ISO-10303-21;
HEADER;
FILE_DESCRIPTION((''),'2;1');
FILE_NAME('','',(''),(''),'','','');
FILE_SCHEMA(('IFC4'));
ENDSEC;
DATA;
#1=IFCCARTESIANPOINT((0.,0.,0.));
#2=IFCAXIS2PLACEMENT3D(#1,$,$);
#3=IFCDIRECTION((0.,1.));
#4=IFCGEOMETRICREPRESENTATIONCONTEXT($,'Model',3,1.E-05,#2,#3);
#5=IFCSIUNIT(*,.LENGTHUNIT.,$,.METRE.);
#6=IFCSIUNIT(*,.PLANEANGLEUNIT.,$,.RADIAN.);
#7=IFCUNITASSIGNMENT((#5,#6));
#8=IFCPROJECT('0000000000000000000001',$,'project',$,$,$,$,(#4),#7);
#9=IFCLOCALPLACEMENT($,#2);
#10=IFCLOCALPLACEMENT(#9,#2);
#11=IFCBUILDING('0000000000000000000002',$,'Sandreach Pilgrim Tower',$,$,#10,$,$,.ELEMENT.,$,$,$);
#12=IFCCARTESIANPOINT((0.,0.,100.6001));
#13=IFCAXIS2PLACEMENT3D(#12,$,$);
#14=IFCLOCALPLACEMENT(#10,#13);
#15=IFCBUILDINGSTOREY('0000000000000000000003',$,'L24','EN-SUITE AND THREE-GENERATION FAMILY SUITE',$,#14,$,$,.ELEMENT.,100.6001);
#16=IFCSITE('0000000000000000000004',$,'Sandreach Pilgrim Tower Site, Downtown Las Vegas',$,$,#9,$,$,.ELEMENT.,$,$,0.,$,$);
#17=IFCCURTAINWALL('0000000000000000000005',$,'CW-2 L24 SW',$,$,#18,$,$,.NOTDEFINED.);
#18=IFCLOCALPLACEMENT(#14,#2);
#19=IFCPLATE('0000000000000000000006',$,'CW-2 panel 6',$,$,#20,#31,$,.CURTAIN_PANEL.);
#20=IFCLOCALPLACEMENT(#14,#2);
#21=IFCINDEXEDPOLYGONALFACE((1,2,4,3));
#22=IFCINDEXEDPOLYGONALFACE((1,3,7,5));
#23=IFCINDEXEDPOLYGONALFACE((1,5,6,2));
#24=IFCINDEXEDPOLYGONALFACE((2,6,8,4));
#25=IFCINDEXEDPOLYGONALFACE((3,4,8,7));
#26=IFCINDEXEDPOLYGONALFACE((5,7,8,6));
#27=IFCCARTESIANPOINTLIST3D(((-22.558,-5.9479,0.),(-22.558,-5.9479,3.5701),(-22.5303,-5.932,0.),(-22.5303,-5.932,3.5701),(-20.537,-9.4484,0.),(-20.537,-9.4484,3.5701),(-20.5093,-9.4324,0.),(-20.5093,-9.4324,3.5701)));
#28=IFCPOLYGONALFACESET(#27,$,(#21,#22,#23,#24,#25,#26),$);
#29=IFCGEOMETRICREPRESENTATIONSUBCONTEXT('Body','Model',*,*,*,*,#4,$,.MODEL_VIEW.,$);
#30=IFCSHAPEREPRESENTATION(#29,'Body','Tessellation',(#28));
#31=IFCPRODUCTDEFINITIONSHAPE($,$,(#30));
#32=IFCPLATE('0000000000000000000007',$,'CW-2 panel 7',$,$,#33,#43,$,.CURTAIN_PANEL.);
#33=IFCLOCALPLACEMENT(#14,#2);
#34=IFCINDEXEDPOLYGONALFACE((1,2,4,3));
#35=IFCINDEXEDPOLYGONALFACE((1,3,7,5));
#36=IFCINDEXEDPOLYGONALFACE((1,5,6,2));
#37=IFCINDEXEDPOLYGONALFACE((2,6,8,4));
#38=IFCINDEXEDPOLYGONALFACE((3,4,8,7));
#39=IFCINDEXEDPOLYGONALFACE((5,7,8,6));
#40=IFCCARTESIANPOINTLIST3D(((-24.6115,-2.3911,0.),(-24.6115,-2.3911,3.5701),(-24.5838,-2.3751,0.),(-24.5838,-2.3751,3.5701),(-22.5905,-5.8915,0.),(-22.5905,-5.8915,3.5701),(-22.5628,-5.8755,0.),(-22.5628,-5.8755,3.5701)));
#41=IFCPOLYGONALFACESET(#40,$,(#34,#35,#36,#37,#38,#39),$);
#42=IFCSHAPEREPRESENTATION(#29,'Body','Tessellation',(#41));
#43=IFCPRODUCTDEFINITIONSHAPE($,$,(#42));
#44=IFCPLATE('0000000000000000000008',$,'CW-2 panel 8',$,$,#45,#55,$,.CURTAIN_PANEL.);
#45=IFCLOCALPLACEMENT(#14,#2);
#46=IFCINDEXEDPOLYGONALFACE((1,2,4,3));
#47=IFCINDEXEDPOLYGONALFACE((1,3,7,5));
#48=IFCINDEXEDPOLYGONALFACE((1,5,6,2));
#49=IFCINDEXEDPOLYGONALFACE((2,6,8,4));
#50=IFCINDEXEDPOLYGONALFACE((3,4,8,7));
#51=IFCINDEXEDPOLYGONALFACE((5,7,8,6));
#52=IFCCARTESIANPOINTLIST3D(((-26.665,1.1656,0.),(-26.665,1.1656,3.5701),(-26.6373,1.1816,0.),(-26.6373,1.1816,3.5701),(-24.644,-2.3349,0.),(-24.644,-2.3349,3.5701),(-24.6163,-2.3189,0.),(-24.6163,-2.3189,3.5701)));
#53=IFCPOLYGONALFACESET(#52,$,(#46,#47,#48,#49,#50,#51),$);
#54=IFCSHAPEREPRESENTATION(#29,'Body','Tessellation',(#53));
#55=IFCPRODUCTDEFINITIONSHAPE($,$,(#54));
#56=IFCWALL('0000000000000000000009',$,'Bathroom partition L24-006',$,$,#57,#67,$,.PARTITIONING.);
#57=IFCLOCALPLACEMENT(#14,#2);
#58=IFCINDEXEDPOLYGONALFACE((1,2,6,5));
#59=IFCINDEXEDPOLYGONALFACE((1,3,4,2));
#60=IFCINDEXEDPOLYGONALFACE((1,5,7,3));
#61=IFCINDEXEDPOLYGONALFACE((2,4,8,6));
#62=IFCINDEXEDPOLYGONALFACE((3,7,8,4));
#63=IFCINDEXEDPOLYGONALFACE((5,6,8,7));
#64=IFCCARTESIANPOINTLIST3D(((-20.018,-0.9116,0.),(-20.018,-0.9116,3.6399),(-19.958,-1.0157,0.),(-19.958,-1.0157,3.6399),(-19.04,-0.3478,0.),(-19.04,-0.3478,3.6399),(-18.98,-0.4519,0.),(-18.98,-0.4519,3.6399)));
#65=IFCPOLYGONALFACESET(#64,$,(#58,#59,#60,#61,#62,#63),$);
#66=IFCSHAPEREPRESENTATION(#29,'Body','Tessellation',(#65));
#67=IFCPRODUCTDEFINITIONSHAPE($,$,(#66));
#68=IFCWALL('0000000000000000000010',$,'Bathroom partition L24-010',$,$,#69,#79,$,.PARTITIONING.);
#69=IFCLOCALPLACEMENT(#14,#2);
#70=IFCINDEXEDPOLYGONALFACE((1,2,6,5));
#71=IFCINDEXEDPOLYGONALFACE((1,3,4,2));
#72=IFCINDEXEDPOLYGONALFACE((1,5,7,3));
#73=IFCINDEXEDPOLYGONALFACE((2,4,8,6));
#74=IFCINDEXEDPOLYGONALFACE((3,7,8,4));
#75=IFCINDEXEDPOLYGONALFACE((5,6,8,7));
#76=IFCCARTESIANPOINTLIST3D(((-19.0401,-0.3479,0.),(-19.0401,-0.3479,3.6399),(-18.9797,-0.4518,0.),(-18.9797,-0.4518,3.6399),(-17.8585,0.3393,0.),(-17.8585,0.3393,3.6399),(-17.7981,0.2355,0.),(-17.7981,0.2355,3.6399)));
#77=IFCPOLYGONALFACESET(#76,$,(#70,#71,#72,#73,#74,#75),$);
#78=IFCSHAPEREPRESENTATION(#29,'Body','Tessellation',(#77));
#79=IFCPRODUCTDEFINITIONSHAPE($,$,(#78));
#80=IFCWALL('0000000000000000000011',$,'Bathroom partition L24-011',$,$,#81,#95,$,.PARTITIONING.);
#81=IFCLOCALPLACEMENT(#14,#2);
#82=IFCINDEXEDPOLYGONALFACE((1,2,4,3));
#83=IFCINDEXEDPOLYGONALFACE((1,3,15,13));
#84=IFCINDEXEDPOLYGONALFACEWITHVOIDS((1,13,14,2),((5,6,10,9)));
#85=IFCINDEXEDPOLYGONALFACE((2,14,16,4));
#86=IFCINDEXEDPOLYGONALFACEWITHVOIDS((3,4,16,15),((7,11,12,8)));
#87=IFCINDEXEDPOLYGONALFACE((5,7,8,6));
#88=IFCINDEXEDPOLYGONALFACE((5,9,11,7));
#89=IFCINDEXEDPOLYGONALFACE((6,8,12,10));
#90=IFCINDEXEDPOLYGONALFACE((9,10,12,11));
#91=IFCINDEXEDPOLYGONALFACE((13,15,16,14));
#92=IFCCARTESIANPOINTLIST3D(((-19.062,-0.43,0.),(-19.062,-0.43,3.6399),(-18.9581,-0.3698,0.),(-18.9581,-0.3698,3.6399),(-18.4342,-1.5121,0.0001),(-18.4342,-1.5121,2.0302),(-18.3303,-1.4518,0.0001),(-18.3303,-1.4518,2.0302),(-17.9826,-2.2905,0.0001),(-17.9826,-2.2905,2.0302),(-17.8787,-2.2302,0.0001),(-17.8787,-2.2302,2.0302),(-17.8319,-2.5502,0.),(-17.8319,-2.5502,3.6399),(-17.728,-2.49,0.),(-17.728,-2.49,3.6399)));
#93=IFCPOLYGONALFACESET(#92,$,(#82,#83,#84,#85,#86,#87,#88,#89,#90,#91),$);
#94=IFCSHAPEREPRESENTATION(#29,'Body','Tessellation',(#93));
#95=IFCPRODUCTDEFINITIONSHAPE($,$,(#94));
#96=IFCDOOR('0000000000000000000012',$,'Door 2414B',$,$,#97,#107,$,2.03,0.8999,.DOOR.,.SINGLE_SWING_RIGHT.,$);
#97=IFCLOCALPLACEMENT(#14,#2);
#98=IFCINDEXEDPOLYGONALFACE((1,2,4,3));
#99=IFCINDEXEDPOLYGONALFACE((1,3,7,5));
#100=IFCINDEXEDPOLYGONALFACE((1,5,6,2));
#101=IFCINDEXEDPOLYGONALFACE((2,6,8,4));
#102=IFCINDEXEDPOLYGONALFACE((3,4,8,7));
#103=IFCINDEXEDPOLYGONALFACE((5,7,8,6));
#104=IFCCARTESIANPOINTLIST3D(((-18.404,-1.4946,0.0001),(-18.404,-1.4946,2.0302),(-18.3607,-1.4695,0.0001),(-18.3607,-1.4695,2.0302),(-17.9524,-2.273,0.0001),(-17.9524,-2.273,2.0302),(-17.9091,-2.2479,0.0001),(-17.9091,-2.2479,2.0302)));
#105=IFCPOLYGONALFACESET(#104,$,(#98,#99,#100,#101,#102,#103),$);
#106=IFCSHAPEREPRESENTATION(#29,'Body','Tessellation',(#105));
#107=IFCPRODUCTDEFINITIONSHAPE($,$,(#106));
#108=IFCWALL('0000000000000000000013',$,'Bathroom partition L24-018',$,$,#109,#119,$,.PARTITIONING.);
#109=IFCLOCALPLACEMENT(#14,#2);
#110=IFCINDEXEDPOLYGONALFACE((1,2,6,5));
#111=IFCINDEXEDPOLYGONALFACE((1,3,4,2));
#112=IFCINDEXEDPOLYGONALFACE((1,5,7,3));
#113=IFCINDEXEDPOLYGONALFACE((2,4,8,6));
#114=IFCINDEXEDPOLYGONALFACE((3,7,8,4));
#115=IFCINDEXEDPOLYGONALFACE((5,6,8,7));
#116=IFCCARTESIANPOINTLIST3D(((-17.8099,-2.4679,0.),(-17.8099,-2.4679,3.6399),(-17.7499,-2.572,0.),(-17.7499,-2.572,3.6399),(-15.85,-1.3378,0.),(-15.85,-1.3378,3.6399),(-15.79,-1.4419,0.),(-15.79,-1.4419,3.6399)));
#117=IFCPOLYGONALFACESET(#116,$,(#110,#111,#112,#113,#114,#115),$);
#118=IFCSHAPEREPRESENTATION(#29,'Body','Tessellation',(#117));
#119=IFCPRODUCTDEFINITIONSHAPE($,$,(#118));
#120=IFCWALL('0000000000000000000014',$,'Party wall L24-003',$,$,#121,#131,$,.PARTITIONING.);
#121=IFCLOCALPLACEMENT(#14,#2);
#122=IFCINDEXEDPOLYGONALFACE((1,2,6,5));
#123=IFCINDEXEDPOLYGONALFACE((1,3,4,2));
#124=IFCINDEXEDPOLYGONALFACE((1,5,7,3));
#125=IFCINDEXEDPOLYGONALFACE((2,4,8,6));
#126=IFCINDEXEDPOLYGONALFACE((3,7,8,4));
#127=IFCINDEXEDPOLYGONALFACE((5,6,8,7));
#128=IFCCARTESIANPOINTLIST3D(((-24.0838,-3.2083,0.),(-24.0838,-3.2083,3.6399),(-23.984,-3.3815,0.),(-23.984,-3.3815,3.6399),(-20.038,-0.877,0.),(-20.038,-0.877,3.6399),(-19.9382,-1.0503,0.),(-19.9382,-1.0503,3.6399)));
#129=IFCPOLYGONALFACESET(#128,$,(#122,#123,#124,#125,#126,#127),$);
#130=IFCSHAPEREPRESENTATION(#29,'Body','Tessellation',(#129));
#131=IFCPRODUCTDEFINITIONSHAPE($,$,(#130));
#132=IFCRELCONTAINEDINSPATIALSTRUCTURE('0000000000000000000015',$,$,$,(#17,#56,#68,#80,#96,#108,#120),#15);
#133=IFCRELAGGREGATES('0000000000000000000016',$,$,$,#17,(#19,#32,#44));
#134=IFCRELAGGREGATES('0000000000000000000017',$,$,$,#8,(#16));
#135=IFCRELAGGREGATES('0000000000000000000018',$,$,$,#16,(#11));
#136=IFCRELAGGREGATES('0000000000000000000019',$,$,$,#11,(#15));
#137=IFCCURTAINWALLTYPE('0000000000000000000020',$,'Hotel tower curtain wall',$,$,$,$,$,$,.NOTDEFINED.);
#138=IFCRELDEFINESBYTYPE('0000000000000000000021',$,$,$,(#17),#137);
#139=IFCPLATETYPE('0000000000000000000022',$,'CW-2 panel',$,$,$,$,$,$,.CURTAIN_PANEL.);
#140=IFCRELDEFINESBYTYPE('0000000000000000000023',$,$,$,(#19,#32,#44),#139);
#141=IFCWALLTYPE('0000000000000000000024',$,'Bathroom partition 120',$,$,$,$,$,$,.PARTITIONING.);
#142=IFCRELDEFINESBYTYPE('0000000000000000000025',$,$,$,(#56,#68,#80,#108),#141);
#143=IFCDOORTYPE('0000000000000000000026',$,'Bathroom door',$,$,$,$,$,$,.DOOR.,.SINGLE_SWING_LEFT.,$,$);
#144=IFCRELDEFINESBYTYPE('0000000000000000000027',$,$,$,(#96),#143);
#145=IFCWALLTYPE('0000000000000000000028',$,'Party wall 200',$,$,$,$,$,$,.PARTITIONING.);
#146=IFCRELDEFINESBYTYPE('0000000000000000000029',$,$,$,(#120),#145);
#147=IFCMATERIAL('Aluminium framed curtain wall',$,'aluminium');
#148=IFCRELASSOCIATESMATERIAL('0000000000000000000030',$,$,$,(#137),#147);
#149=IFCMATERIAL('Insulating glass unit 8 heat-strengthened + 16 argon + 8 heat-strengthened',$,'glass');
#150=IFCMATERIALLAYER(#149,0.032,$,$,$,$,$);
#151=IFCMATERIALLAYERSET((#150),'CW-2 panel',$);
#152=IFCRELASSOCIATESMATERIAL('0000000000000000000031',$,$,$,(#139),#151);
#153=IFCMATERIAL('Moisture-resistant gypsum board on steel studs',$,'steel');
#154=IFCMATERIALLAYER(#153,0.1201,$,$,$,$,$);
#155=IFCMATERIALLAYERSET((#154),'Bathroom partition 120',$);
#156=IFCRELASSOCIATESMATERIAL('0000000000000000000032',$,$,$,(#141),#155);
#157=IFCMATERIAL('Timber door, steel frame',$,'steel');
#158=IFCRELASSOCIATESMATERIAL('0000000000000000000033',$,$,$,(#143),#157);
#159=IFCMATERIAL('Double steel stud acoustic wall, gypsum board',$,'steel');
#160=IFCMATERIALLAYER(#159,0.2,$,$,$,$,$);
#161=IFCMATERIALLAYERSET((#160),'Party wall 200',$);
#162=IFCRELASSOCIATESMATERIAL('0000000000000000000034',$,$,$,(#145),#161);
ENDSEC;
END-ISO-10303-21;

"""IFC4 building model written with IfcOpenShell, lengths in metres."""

from ifc_helpers import new_model, si_unit, direction, frame, frame_2d, origin, origin_2d, place, context, subcontext, project, spatial, rectangle, extrude, material, layer, layer_set, type_object, element, fill, aggregate, save


model = new_model("IFC4")

# Units and contexts
model_context = context("Model", 3, precision=1e-05, world=origin(), true_north=direction((0.0, 1.0)))
body_context = subcontext(model_context, "Body", "Model", "MODEL_VIEW")
ifc_project = project(units=[si_unit("LENGTHUNIT", "METRE"), si_unit("PLANEANGLEUNIT", "RADIAN")], contexts=[model_context])

# Site, building, storey
site_placement = place(None, origin())
site = spatial("IfcSite", under=ifc_project, at=site_placement, Name="Sandreach Pilgrim Tower Site, Downtown Las Vegas", CompositionType="ELEMENT", RefElevation=0.0)
building_placement = place(site_placement, origin())
building = spatial("IfcBuilding", under=site, at=building_placement, Name="Sandreach Pilgrim Tower", CompositionType="ELEMENT")
storey_placement = place(building_placement, frame((0.0, 0.0, 100.6001)))
storey = spatial("IfcBuildingStorey", under=building, at=storey_placement, Name="L24", Description="EN-SUITE AND THREE-GENERATION FAMILY SUITE", CompositionType="ELEMENT", Elevation=100.6001)

# Curtain wall
ifc_material_1 = material(Name="Aluminium framed curtain wall", Category="aluminium")
curtain_wall_type = type_object("IfcCurtainWallType", Name="Hotel tower curtain wall", PredefinedType="NOTDEFINED", material=ifc_material_1)
curtain_wall_placement = place(storey_placement, origin())
curtain_wall = element("IfcCurtainWall", 1, at=curtain_wall_placement, inside=storey, type_object=curtain_wall_type, Name="CW-2 L24 SW", PredefinedType="NOTDEFINED")

# Plates
ifc_material_2 = material(Name="Insulating glass unit 8 heat-strengthened + 16 argon + 8 heat-strengthened", Category="glass")
ifc_layer_1 = layer(ifc_material_2, 0.032)
ifc_layer_set_1 = layer_set([ifc_layer_1], Name="CW-2 panel")
plate_type = type_object("IfcPlateType", Name="CW-2 panel", PredefinedType="CURTAIN_PANEL", material=ifc_layer_set_1)
plate_1_placement = place(storey_placement, frame((-21.5337, -7.6902, 0.0), z_axis=(0.0, 0.0, 1.0), x_axis=(-0.5, 0.866025, 0.0)))
plate_1 = element("IfcPlate", 2, at=plate_1_placement, type_object=plate_type, Name="CW-2 panel 6", PredefinedType="CURTAIN_PANEL", context=body_context, shape_type="SweptSolid", body=[
    extrude(rectangle(XDim=4.042, YDim=0.032, at=origin_2d()), origin(), (0.0, 0.0, 1.0), 3.5701),
])
plate_2_placement = place(storey_placement, frame((-23.5872, -4.1333, 0.0), z_axis=(0.0, 0.0, 1.0), x_axis=(-0.5, 0.866025, 0.0)))
plate_2 = element("IfcPlate", 3, at=plate_2_placement, type_object=plate_type, Name="CW-2 panel 7", PredefinedType="CURTAIN_PANEL", context=body_context, shape_type="SweptSolid", body=[
    extrude(rectangle(XDim=4.042, YDim=0.032, at=origin_2d()), origin(), (0.0, 0.0, 1.0), 3.5701),
])
plate_3_placement = place(storey_placement, frame((-25.6406, -0.5767, 0.0), z_axis=(0.0, 0.0, 1.0), x_axis=(-0.5, 0.866025, 0.0)))
plate_3 = element("IfcPlate", 4, at=plate_3_placement, type_object=plate_type, Name="CW-2 panel 8", PredefinedType="CURTAIN_PANEL", context=body_context, shape_type="SweptSolid", body=[
    extrude(rectangle(XDim=4.042, YDim=0.032, at=origin_2d()), origin(), (0.0, 0.0, 1.0), 3.5701),
])
aggregate(curtain_wall, [plate_1, plate_2, plate_3])

# Walls
ifc_material_3 = material(Name="Moisture-resistant gypsum board on steel studs", Category="steel")
ifc_layer_2 = layer(ifc_material_3, 0.1201)
ifc_layer_set_2 = layer_set([ifc_layer_2], Name="Bathroom partition 120")
wall_type_1 = type_object("IfcWallType", Name="Bathroom partition 120", PredefinedType="PARTITIONING", material=ifc_layer_set_2)
wall_1_placement = place(storey_placement, frame((-19.988, -0.9636, 0.0), z_axis=(0.0, 0.0, 1.0), x_axis=(0.866387, 0.499373, 0.0)))
element("IfcWall", 5, at=wall_1_placement, inside=storey, type_object=wall_type_1, Name="Bathroom partition L24-006", PredefinedType="PARTITIONING", context=body_context, shape_type="SweptSolid", body=[
    extrude(rectangle(XDim=1.1289, YDim=0.1201, at=frame_2d((0.5645, 0.0))), origin(), (0.0, 0.0, 1.0), 3.6399),
])
wall_2_placement = place(storey_placement, frame((-19.01, -0.3999, 0.0), z_axis=(0.0, 0.0, 1.0), x_axis=(0.864426, 0.50276, 0.0)))
element("IfcWall", 6, at=wall_2_placement, inside=storey, type_object=wall_type_1, Name="Bathroom partition L24-010", PredefinedType="PARTITIONING", context=body_context, shape_type="SweptSolid", body=[
    extrude(rectangle(XDim=1.3669, YDim=0.1201, at=frame_2d((0.6836, 0.0))), origin(), (0.0, 0.0, 1.0), 3.6399),
])

# Wall, opening, door
wall_3_placement = place(storey_placement, frame((-19.01, -0.3999, 0.0), z_axis=(0.0, 0.0, 1.0), x_axis=(0.501813, -0.864976, 0.0)))
wall_3 = element("IfcWall", 7, at=wall_3_placement, inside=storey, type_object=wall_type_1, Name="Bathroom partition L24-011", PredefinedType="PARTITIONING", context=body_context, shape_type="SweptSolid", body=[
    extrude(rectangle(XDim=2.4512, YDim=0.1201, at=frame_2d((1.2256, 0.0))), origin(), (0.0, 0.0, 1.0), 3.6399),
])
opening_1_placement = place(wall_3_placement, frame((1.251, 0.0, 0.0)))
opening_1 = element("IfcOpeningElement", 8, at=opening_1_placement, cuts=wall_3, PredefinedType="OPENING", context=body_context, shape_type="SweptSolid", body=[
    extrude(rectangle(XDim=0.8999, YDim=2.03, at=frame_2d((0.45, 1.0151))), frame((0.0, 0.0601, 0.0), z_axis=(0.0, -1.0, 0.0), x_axis=(1.0, 0.0, 0.0)), (0.0, 0.0, 1.0), 0.1201),
])
ifc_material_4 = material(Name="Timber door, steel frame", Category="steel")
door_type_1 = type_object("IfcDoorType", Name="Bathroom door", OperationType="SINGLE_SWING_LEFT", PredefinedType="DOOR", material=ifc_material_4)
door_1_placement = place(opening_1_placement, origin())
door_1 = element("IfcDoor", 9, at=door_1_placement, inside=storey, type_object=door_type_1, Name="Door 2414B", OperationType="SINGLE_SWING_RIGHT", OverallHeight=2.03, OverallWidth=0.8999, PredefinedType="DOOR", context=body_context, shape_type="SweptSolid", body=[
    extrude(rectangle(XDim=0.8999, YDim=2.03, at=frame_2d((0.45, 1.0151))), frame((0.0, 0.0249, 0.0), z_axis=(0.0, -1.0, 0.0), x_axis=(1.0, 0.0, 0.0)), (0.0, 0.0, 1.0), 0.05),
])
fill(opening_1, door_1)

# Wall
wall_4_placement = place(storey_placement, frame((-17.78, -2.52, 0.0), z_axis=(0.0, 0.0, 1.0), x_axis=(0.866304, 0.499517, 0.0)))
element("IfcWall", 10, at=wall_4_placement, inside=storey, type_object=wall_type_1, Name="Bathroom partition L24-018", PredefinedType="PARTITIONING", context=body_context, shape_type="SweptSolid", body=[
    extrude(rectangle(XDim=2.2625, YDim=0.1201, at=frame_2d((1.1313, 0.0))), origin(), (0.0, 0.0, 1.0), 3.6399),
])

# Wall
ifc_material_5 = material(Name="Double steel stud acoustic wall, gypsum board", Category="steel")
ifc_layer_3 = layer(ifc_material_5, 0.2)
ifc_layer_set_3 = layer_set([ifc_layer_3], Name="Party wall 200")
wall_type_2 = type_object("IfcWallType", Name="Party wall 200", PredefinedType="PARTITIONING", material=ifc_layer_set_3)
wall_5_placement = place(storey_placement, frame((-24.0339, -3.2949, 0.0), z_axis=(0.0, 0.0, 1.0), x_axis=(0.866452, 0.499261, 0.0)))
element("IfcWall", 11, at=wall_5_placement, inside=storey, type_object=wall_type_2, Name="Party wall L24-003", PredefinedType="PARTITIONING", context=body_context, shape_type="SweptSolid", body=[
    extrude(rectangle(XDim=4.6694, YDim=0.2, at=frame_2d((2.3347, 0.0))), origin(), (0.0, 0.0, 1.0), 3.6399),
])

save(model, "model.ifc")
